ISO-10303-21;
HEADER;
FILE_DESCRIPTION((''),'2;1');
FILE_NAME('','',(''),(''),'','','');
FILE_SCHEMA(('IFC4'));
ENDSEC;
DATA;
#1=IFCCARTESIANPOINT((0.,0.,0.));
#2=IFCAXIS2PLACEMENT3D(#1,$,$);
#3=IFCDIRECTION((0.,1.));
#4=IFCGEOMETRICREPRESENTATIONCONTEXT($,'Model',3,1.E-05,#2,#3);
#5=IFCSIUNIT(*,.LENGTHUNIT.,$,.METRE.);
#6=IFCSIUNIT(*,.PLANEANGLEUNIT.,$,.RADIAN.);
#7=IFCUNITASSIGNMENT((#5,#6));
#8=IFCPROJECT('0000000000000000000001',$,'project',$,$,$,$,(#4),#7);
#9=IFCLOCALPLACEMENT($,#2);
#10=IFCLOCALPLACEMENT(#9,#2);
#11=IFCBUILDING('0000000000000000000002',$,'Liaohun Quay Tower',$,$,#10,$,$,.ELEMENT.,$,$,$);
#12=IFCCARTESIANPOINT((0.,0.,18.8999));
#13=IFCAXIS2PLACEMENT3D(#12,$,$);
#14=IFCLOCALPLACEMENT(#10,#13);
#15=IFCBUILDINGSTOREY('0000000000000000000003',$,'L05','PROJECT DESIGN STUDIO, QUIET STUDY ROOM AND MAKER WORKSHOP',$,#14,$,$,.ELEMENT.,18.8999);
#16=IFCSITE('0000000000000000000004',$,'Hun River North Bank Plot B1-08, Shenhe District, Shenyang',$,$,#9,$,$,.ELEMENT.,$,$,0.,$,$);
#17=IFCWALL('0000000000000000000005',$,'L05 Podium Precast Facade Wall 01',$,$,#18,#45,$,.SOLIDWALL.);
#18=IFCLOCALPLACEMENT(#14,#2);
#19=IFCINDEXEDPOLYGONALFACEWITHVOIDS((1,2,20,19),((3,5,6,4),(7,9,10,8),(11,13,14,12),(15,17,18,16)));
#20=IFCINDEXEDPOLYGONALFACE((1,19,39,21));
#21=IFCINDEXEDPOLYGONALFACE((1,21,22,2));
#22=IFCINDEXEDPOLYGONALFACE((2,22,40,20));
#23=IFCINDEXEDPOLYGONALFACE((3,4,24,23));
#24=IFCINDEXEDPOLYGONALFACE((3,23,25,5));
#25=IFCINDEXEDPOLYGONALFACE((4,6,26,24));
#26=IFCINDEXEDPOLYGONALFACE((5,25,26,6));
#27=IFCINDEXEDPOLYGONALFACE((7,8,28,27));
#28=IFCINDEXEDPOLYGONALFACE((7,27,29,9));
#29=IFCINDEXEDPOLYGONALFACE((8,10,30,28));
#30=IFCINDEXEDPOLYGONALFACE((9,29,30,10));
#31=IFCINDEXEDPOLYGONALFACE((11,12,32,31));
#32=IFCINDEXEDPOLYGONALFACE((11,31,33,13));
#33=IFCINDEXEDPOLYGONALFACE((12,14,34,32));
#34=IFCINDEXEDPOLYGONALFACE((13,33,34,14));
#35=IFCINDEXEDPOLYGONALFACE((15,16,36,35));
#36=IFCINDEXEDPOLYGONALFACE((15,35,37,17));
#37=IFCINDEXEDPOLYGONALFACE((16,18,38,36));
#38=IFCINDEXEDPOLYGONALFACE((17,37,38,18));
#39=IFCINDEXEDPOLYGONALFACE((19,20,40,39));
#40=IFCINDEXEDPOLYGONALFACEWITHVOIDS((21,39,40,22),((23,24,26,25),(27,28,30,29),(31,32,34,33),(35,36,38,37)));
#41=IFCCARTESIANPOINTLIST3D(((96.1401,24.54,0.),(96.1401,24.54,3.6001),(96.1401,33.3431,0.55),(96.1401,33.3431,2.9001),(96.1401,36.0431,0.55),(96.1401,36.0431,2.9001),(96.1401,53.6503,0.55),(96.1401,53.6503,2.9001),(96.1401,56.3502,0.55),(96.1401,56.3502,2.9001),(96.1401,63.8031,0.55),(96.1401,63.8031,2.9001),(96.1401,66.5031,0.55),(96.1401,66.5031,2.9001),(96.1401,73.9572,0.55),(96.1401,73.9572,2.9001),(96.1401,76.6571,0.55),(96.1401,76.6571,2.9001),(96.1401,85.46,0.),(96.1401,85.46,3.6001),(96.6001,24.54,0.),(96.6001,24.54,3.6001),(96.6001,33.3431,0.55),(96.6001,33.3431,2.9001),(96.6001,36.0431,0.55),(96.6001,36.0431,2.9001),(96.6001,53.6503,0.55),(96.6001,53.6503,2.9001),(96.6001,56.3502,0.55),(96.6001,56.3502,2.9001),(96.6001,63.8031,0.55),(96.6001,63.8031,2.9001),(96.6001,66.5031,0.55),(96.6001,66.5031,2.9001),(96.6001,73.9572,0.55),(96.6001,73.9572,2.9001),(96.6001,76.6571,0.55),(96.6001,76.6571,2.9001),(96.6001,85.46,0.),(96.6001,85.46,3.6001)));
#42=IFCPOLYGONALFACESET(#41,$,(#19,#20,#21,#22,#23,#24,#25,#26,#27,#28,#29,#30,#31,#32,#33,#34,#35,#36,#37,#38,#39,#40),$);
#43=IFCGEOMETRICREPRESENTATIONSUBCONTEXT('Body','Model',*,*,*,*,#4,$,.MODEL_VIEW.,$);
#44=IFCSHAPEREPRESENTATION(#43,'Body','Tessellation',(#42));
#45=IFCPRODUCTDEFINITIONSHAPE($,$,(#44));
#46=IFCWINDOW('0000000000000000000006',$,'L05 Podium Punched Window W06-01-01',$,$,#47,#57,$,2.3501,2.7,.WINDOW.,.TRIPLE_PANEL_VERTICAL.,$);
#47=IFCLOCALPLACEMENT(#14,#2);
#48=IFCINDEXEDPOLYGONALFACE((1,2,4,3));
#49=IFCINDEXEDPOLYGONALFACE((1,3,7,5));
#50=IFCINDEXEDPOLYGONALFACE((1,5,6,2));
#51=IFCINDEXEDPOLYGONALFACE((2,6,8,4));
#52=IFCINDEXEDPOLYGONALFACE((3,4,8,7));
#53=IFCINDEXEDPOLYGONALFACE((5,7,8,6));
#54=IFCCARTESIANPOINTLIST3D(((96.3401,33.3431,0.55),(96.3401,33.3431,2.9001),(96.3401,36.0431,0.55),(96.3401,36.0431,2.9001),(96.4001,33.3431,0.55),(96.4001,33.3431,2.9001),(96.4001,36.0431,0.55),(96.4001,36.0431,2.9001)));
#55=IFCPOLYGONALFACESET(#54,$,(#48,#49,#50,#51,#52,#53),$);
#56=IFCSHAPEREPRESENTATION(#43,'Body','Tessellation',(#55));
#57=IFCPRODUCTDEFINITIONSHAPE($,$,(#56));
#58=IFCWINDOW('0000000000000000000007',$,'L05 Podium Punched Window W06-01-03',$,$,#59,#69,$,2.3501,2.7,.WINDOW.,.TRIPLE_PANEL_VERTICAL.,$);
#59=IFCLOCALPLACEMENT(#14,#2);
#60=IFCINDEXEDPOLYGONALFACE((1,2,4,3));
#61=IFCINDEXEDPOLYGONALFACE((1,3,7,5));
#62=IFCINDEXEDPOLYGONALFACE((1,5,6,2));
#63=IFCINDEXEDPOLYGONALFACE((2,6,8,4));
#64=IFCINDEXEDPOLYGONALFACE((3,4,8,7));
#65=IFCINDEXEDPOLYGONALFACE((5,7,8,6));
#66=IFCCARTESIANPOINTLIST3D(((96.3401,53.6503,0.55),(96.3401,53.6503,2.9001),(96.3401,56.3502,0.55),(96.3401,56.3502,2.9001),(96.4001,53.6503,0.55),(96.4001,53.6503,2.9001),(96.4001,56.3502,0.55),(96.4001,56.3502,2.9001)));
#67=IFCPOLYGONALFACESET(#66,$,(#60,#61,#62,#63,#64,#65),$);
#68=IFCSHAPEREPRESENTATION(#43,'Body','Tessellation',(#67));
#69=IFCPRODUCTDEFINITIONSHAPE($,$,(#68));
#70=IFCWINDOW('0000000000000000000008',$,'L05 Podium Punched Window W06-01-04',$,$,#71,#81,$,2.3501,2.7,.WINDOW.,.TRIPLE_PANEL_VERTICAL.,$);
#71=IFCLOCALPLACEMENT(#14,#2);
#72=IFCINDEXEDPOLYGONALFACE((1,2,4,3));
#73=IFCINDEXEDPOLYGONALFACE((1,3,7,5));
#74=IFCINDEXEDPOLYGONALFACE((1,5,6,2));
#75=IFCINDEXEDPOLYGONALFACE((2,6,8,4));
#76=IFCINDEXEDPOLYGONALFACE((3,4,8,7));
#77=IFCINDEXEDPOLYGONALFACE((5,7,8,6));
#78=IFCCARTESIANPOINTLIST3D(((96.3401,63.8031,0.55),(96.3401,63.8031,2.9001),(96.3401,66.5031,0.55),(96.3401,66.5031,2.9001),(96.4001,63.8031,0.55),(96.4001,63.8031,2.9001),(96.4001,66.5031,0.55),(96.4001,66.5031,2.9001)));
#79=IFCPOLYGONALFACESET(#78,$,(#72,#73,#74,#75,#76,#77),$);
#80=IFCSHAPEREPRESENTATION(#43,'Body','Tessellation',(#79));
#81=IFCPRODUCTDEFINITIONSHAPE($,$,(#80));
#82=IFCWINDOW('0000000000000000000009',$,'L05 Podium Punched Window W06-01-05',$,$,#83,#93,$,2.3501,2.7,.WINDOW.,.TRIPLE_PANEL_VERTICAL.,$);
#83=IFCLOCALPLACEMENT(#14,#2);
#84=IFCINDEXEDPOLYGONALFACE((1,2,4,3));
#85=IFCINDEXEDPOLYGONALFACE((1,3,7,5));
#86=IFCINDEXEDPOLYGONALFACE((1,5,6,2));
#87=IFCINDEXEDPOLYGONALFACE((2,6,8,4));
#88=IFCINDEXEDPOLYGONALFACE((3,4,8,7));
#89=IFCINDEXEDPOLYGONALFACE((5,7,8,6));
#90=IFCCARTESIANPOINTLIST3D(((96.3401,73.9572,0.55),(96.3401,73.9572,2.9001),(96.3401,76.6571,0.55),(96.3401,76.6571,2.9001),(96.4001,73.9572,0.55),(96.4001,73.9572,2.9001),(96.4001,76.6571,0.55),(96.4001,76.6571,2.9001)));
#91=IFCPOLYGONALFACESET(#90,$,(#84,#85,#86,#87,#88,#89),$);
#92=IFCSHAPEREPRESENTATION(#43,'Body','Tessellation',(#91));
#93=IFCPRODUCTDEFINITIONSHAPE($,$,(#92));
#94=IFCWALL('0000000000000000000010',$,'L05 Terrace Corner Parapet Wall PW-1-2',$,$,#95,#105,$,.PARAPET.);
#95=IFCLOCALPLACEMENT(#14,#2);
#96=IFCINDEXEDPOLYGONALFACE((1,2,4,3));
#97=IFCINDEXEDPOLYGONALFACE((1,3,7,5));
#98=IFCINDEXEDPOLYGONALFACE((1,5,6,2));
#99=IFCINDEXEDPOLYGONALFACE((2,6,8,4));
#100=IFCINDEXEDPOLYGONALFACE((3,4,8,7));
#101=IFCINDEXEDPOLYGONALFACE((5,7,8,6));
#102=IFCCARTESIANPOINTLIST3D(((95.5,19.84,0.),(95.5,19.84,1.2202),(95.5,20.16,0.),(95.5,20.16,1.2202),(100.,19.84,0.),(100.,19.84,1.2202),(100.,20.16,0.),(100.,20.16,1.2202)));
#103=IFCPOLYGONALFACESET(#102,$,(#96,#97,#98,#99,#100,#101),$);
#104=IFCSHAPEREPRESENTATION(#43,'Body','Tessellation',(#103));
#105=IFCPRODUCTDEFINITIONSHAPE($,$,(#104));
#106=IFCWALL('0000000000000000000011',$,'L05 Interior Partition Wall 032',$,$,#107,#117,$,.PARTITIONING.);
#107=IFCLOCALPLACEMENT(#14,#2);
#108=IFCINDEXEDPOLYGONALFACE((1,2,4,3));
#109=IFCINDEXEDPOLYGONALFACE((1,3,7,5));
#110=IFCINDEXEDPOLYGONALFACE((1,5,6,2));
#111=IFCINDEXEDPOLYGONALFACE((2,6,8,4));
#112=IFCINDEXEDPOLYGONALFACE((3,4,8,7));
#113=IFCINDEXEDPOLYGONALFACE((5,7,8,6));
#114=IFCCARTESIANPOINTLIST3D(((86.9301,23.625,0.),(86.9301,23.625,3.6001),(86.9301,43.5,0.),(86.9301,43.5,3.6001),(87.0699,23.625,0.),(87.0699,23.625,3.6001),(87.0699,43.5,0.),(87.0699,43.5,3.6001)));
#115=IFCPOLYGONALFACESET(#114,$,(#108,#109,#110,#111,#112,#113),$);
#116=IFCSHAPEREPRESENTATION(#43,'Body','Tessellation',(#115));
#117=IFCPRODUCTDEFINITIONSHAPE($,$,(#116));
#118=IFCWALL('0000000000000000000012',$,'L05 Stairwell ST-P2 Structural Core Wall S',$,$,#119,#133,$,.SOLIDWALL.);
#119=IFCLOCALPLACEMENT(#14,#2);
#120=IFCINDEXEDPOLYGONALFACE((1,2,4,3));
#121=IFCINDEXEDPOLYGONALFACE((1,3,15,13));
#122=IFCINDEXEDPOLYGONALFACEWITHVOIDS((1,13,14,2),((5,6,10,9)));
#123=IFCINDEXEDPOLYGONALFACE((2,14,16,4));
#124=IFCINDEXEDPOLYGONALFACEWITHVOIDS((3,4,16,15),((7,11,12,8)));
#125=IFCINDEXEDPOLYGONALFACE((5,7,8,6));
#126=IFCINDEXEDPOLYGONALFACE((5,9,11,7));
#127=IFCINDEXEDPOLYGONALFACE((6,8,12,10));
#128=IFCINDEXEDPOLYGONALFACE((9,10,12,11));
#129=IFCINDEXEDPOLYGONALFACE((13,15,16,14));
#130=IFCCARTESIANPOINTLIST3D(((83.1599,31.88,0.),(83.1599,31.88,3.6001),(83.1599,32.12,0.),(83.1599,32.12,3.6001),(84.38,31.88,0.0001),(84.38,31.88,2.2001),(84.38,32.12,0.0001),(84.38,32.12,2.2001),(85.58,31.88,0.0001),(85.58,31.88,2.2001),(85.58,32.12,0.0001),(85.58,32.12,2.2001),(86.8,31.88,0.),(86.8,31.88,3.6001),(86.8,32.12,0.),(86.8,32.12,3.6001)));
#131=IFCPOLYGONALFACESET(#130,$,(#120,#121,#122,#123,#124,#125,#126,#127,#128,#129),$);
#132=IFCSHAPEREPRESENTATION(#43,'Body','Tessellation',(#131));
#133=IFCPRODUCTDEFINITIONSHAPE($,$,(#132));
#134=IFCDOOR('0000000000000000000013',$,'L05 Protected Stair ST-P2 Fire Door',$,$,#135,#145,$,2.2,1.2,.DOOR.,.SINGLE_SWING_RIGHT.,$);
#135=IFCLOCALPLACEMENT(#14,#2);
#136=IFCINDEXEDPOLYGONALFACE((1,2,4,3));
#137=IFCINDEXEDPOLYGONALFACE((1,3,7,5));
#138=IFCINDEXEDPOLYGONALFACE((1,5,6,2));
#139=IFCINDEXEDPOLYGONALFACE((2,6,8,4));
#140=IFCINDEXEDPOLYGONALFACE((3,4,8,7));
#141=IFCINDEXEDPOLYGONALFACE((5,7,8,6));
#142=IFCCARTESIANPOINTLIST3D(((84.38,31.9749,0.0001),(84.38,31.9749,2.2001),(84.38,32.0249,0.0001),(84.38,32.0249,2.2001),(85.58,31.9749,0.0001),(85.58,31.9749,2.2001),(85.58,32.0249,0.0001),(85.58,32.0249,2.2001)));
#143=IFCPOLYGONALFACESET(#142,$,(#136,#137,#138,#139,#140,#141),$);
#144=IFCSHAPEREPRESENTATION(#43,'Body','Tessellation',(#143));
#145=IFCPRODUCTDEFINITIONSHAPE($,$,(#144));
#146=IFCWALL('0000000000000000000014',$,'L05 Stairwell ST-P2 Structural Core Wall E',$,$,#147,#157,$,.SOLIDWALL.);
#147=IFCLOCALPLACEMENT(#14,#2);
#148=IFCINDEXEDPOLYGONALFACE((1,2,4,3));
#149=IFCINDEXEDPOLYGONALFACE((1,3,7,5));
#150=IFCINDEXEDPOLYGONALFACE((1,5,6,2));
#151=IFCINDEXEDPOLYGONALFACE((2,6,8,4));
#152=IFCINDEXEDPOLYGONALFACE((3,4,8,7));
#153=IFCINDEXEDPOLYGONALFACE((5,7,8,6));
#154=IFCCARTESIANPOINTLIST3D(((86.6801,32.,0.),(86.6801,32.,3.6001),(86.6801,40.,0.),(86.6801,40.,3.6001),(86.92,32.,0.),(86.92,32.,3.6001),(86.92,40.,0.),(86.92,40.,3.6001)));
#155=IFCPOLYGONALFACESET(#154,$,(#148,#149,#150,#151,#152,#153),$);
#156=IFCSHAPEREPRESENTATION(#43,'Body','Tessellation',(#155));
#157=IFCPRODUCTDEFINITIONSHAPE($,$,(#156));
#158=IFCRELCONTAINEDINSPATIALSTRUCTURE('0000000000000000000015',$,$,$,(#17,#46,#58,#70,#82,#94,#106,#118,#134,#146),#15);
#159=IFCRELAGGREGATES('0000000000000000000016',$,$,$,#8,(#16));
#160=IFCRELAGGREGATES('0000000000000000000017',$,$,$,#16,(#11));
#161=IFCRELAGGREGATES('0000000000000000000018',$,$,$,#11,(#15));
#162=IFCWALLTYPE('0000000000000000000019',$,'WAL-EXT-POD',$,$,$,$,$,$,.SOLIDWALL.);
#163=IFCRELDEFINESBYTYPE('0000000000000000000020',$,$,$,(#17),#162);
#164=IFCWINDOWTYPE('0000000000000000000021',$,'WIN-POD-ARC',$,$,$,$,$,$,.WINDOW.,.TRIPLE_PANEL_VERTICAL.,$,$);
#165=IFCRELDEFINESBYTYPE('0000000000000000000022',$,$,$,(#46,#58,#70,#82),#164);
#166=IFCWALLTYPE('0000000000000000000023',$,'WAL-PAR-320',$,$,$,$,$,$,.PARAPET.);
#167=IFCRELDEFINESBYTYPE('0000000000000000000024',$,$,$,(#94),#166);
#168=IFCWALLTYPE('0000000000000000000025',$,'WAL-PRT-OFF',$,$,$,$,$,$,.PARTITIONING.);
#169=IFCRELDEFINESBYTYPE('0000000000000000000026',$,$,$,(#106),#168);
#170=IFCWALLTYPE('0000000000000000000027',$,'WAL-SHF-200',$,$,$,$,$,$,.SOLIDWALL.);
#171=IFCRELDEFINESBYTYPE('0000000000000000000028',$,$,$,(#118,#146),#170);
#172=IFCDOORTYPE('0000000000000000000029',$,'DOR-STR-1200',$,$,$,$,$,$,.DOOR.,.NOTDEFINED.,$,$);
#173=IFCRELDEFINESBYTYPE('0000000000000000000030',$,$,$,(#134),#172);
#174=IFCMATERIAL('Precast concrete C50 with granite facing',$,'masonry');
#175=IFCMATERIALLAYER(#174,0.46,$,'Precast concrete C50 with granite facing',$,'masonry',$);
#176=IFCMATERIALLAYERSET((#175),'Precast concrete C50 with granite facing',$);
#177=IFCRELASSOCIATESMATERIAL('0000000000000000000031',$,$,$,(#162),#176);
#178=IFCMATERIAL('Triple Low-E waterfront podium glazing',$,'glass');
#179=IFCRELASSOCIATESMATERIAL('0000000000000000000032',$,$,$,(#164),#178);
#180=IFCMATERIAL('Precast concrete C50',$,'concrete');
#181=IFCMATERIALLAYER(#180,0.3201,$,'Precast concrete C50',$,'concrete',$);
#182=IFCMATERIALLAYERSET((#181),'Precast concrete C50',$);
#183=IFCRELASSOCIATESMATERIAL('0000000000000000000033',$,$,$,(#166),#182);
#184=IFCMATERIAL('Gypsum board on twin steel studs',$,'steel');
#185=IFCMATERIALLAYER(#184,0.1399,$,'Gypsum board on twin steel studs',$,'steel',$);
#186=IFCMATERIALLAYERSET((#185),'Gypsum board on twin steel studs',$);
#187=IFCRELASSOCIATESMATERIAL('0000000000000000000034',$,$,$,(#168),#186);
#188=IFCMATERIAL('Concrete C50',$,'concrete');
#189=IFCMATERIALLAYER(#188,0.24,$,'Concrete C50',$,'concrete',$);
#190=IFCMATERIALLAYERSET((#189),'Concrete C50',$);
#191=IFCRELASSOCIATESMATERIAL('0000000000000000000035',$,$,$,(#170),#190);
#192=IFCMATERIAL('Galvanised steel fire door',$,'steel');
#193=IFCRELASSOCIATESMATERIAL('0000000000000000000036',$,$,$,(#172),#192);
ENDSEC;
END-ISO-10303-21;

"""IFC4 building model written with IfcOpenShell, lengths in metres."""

from ifc_helpers import new_model, si_unit, direction, frame, frame_2d, origin, place, context, subcontext, project, spatial, rectangle, extrude, source, transform, mapped, material, layer, layer_set, type_object, element, fill, save


model = new_model("IFC4")

# Units and contexts
model_context = context("Model", 3, precision=1e-05, world=origin(), true_north=direction((0.0, 1.0)))
body_context = subcontext(model_context, "Body", "Model", "MODEL_VIEW")
ifc_project = project(units=[si_unit("LENGTHUNIT", "METRE"), si_unit("PLANEANGLEUNIT", "RADIAN")], contexts=[model_context])

# Site, building, storey
site_placement = place(None, origin())
site = spatial("IfcSite", under=ifc_project, at=site_placement, Name="Hun River North Bank Plot B1-08, Shenhe District, Shenyang", CompositionType="ELEMENT", RefElevation=0.0)
building_placement = place(site_placement, origin())
building = spatial("IfcBuilding", under=site, at=building_placement, Name="Liaohun Quay Tower", CompositionType="ELEMENT")
storey_placement = place(building_placement, frame((0.0, 0.0, 18.8999)))
storey = spatial("IfcBuildingStorey", under=building, at=storey_placement, Name="L05", Description="PROJECT DESIGN STUDIO, QUIET STUDY ROOM AND MAKER WORKSHOP", CompositionType="ELEMENT", Elevation=18.8999)

# Wall, openings, windows
ifc_material_1 = material(Name="Precast concrete C50 with granite facing", Category="masonry")
ifc_layer_1 = layer(ifc_material_1, 0.46, Name="Precast concrete C50 with granite facing", Category="masonry")
ifc_layer_set_1 = layer_set([ifc_layer_1], Name="Precast concrete C50 with granite facing")
wall_type_1 = type_object("IfcWallType", Name="WAL-EXT-POD", PredefinedType="SOLIDWALL", material=ifc_layer_set_1)
wall_1_placement = place(storey_placement, frame((96.3701, 24.54, 0.0), z_axis=(0.0, 0.0, 1.0), x_axis=(0.0, 1.0, 0.0)))
wall_1 = element("IfcWall", 1, at=wall_1_placement, inside=storey, type_object=wall_type_1, Name="L05 Podium Precast Facade Wall 01", PredefinedType="SOLIDWALL", context=body_context, shape_type="SweptSolid", body=[
    extrude(rectangle(XDim=60.9199, YDim=0.46, at=frame_2d((30.46, 0.0))), origin(), (0.0, 0.0, 1.0), 3.6001),
])
shared_shape_1 = source(origin(), body_context, "Body", "SweptSolid", [
    extrude(rectangle(XDim=2.7, YDim=2.3501, at=frame_2d((1.3501, 1.175))), frame((0.0, 0.24, 0.0), z_axis=(0.0, -1.0, 0.0), x_axis=(1.0, 0.0, 0.0)), (0.0, 0.0, 1.0), 0.48),
])
opening_1_placement = place(wall_1_placement, frame((8.803, 0.0, 0.55)))
opening_1 = element("IfcOpeningElement", 2, at=opening_1_placement, cuts=wall_1, PredefinedType="OPENING", context=body_context, shape_type="MappedRepresentation", body=[
    mapped(shared_shape_1, transform((0.0, 0.0, 0.0), x_axis=(1.0, 0.0, 0.0), y_axis=(0.0, 1.0, 0.0), z_axis=(0.0, 0.0, 1.0), scale=1.0)),
])
opening_2_placement = place(wall_1_placement, frame((29.1101, 0.0, 0.55)))
opening_2 = element("IfcOpeningElement", 3, at=opening_2_placement, cuts=wall_1, PredefinedType="OPENING", context=body_context, shape_type="MappedRepresentation", body=[
    mapped(shared_shape_1, transform((0.0, 0.0, 0.0), x_axis=(1.0, 0.0, 0.0), y_axis=(0.0, 1.0, 0.0), z_axis=(0.0, 0.0, 1.0), scale=1.0)),
])
opening_3_placement = place(wall_1_placement, frame((39.2629, 0.0, 0.55)))
opening_3 = element("IfcOpeningElement", 4, at=opening_3_placement, cuts=wall_1, PredefinedType="OPENING", context=body_context, shape_type="MappedRepresentation", body=[
    mapped(shared_shape_1, transform((0.0, 0.0, 0.0), x_axis=(1.0, 0.0, 0.0), y_axis=(0.0, 1.0, 0.0), z_axis=(0.0, 0.0, 1.0), scale=1.0)),
])
opening_4_placement = place(wall_1_placement, frame((49.417, 0.0, 0.55)))
opening_4 = element("IfcOpeningElement", 5, at=opening_4_placement, cuts=wall_1, PredefinedType="OPENING", context=body_context, shape_type="MappedRepresentation", body=[
    mapped(shared_shape_1, transform((0.0, 0.0, 0.0), x_axis=(1.0, 0.0, 0.0), y_axis=(0.0, 1.0, 0.0), z_axis=(0.0, 0.0, 1.0), scale=1.0)),
])
ifc_material_2 = material(Name="Triple Low-E waterfront podium glazing", Category="glass")
window_type = type_object("IfcWindowType", Name="WIN-POD-ARC", PartitioningType="TRIPLE_PANEL_VERTICAL", PredefinedType="WINDOW", material=ifc_material_2)
shared_shape_2 = source(origin(), body_context, "Body", "SweptSolid", [
    extrude(rectangle(XDim=2.7, YDim=2.3501, at=frame_2d((1.3501, 1.175))), frame((0.0, 0.03, 0.0), z_axis=(0.0, -1.0, 0.0), x_axis=(1.0, 0.0, 0.0)), (0.0, 0.0, 1.0), 0.0601),
])
window_1_placement = place(opening_1_placement, origin())
window_1 = element("IfcWindow", 6, at=window_1_placement, inside=storey, type_object=window_type, Name="L05 Podium Punched Window W06-01-01", OverallHeight=2.3501, OverallWidth=2.7, PartitioningType="TRIPLE_PANEL_VERTICAL", PredefinedType="WINDOW", context=body_context, shape_type="MappedRepresentation", body=[
    mapped(shared_shape_2, transform((0.0, 0.0, 0.0), x_axis=(1.0, 0.0, 0.0), y_axis=(0.0, 1.0, 0.0), z_axis=(0.0, 0.0, 1.0), scale=1.0)),
])
fill(opening_1, window_1)
window_2_placement = place(opening_2_placement, origin())
window_2 = element("IfcWindow", 7, at=window_2_placement, inside=storey, type_object=window_type, Name="L05 Podium Punched Window W06-01-03", OverallHeight=2.3501, OverallWidth=2.7, PartitioningType="TRIPLE_PANEL_VERTICAL", PredefinedType="WINDOW", context=body_context, shape_type="MappedRepresentation", body=[
    mapped(shared_shape_2, transform((0.0, 0.0, 0.0), x_axis=(1.0, 0.0, 0.0), y_axis=(0.0, 1.0, 0.0), z_axis=(0.0, 0.0, 1.0), scale=1.0)),
])
fill(opening_2, window_2)
window_3_placement = place(opening_3_placement, origin())
window_3 = element("IfcWindow", 8, at=window_3_placement, inside=storey, type_object=window_type, Name="L05 Podium Punched Window W06-01-04", OverallHeight=2.3501, OverallWidth=2.7, PartitioningType="TRIPLE_PANEL_VERTICAL", PredefinedType="WINDOW", context=body_context, shape_type="MappedRepresentation", body=[
    mapped(shared_shape_2, transform((0.0, 0.0, 0.0), x_axis=(1.0, 0.0, 0.0), y_axis=(0.0, 1.0, 0.0), z_axis=(0.0, 0.0, 1.0), scale=1.0)),
])
fill(opening_3, window_3)
window_4_placement = place(opening_4_placement, origin())
window_4 = element("IfcWindow", 9, at=window_4_placement, inside=storey, type_object=window_type, Name="L05 Podium Punched Window W06-01-05", OverallHeight=2.3501, OverallWidth=2.7, PartitioningType="TRIPLE_PANEL_VERTICAL", PredefinedType="WINDOW", context=body_context, shape_type="MappedRepresentation", body=[
    mapped(shared_shape_2, transform((0.0, 0.0, 0.0), x_axis=(1.0, 0.0, 0.0), y_axis=(0.0, 1.0, 0.0), z_axis=(0.0, 0.0, 1.0), scale=1.0)),
])
fill(opening_4, window_4)

# Walls
ifc_material_3 = material(Name="Precast concrete C50", Category="concrete")
ifc_layer_2 = layer(ifc_material_3, 0.3201, Name="Precast concrete C50", Category="concrete")
ifc_layer_set_2 = layer_set([ifc_layer_2], Name="Precast concrete C50")
wall_type_2 = type_object("IfcWallType", Name="WAL-PAR-320", PredefinedType="PARAPET", material=ifc_layer_set_2)
wall_2_placement = place(storey_placement, frame((95.5, 20.0, 0.0), z_axis=(0.0, 0.0, 1.0), x_axis=(1.0, 0.0, 0.0)))
element("IfcWall", 10, at=wall_2_placement, inside=storey, type_object=wall_type_2, Name="L05 Terrace Corner Parapet Wall PW-1-2", PredefinedType="PARAPET", context=body_context, shape_type="SweptSolid", body=[
    extrude(rectangle(XDim=4.5, YDim=0.3201, at=frame_2d((2.25, 0.0))), origin(), (0.0, 0.0, 1.0), 1.2202),
])
ifc_material_4 = material(Name="Gypsum board on twin steel studs", Category="steel")
ifc_layer_3 = layer(ifc_material_4, 0.1399, Name="Gypsum board on twin steel studs", Category="steel")
ifc_layer_set_3 = layer_set([ifc_layer_3], Name="Gypsum board on twin steel studs")
wall_type_3 = type_object("IfcWallType", Name="WAL-PRT-OFF", PredefinedType="PARTITIONING", material=ifc_layer_set_3)
wall_3_placement = place(storey_placement, frame((87.0, 23.625, 0.0), z_axis=(0.0, 0.0, 1.0), x_axis=(0.0, 1.0, 0.0)))
element("IfcWall", 11, at=wall_3_placement, inside=storey, type_object=wall_type_3, Name="L05 Interior Partition Wall 032", PredefinedType="PARTITIONING", context=body_context, shape_type="SweptSolid", body=[
    extrude(rectangle(XDim=19.875, YDim=0.1399, at=frame_2d((9.9375, 0.0))), origin(), (0.0, 0.0, 1.0), 3.6001),
])

# Wall, opening, door
ifc_material_5 = material(Name="Concrete C50", Category="concrete")
ifc_layer_4 = layer(ifc_material_5, 0.24, Name="Concrete C50", Category="concrete")
ifc_layer_set_4 = layer_set([ifc_layer_4], Name="Concrete C50")
wall_type_4 = type_object("IfcWallType", Name="WAL-SHF-200", PredefinedType="SOLIDWALL", material=ifc_layer_set_4)
wall_4_placement = place(storey_placement, frame((83.1599, 32.0, 0.0), z_axis=(0.0, 0.0, 1.0), x_axis=(1.0, 0.0, 0.0)))
wall_4 = element("IfcWall", 12, at=wall_4_placement, inside=storey, type_object=wall_type_4, Name="L05 Stairwell ST-P2 Structural Core Wall S", PredefinedType="SOLIDWALL", context=body_context, shape_type="SweptSolid", body=[
    extrude(rectangle(XDim=3.6401, YDim=0.24, at=frame_2d((1.8201, 0.0))), origin(), (0.0, 0.0, 1.0), 3.6001),
])
shared_shape_3 = source(origin(), body_context, "Body", "SweptSolid", [
    extrude(rectangle(XDim=1.2, YDim=2.2, at=frame_2d((0.6001, 1.1001))), frame((0.0, 0.1299, 0.0), z_axis=(0.0, -1.0, 0.0), x_axis=(1.0, 0.0, 0.0)), (0.0, 0.0, 1.0), 0.26),
])
opening_5_placement = place(wall_4_placement, frame((1.22, 0.0, 0.0)))
opening_5 = element("IfcOpeningElement", 13, at=opening_5_placement, cuts=wall_4, PredefinedType="OPENING", context=body_context, shape_type="MappedRepresentation", body=[
    mapped(shared_shape_3, transform((0.0, 0.0, 0.0), x_axis=(1.0, 0.0, 0.0), y_axis=(0.0, 1.0, 0.0), z_axis=(0.0, 0.0, 1.0), scale=1.0)),
])
ifc_material_6 = material(Name="Galvanised steel fire door", Category="steel")
door_type = type_object("IfcDoorType", Name="DOR-STR-1200", OperationType="NOTDEFINED", PredefinedType="DOOR", material=ifc_material_6)
shared_shape_4 = source(origin(), body_context, "Body", "SweptSolid", [
    extrude(rectangle(XDim=1.2, YDim=2.2, at=frame_2d((0.6001, 1.1001))), frame((0.0, 0.0249, 0.0), z_axis=(0.0, -1.0, 0.0), x_axis=(1.0, 0.0, 0.0)), (0.0, 0.0, 1.0), 0.05),
])
door_placement = place(opening_5_placement, origin())
door = element("IfcDoor", 14, at=door_placement, inside=storey, type_object=door_type, Name="L05 Protected Stair ST-P2 Fire Door", OperationType="SINGLE_SWING_RIGHT", OverallHeight=2.2, OverallWidth=1.2, PredefinedType="DOOR", context=body_context, shape_type="MappedRepresentation", body=[
    mapped(shared_shape_4, transform((0.0, 0.0, 0.0), x_axis=(1.0, 0.0, 0.0), y_axis=(0.0, 1.0, 0.0), z_axis=(0.0, 0.0, 1.0), scale=1.0)),
])
fill(opening_5, door)

# Wall
wall_5_placement = place(storey_placement, frame((86.8, 32.0, 0.0), z_axis=(0.0, 0.0, 1.0), x_axis=(0.0, 1.0, 0.0)))
element("IfcWall", 15, at=wall_5_placement, inside=storey, type_object=wall_type_4, Name="L05 Stairwell ST-P2 Structural Core Wall E", PredefinedType="SOLIDWALL", context=body_context, shape_type="SweptSolid", body=[
    extrude(rectangle(XDim=8.0, YDim=0.24, at=frame_2d((4.0, 0.0))), origin(), (0.0, 0.0, 1.0), 3.6001),
])

save(model, "model.ifc")
